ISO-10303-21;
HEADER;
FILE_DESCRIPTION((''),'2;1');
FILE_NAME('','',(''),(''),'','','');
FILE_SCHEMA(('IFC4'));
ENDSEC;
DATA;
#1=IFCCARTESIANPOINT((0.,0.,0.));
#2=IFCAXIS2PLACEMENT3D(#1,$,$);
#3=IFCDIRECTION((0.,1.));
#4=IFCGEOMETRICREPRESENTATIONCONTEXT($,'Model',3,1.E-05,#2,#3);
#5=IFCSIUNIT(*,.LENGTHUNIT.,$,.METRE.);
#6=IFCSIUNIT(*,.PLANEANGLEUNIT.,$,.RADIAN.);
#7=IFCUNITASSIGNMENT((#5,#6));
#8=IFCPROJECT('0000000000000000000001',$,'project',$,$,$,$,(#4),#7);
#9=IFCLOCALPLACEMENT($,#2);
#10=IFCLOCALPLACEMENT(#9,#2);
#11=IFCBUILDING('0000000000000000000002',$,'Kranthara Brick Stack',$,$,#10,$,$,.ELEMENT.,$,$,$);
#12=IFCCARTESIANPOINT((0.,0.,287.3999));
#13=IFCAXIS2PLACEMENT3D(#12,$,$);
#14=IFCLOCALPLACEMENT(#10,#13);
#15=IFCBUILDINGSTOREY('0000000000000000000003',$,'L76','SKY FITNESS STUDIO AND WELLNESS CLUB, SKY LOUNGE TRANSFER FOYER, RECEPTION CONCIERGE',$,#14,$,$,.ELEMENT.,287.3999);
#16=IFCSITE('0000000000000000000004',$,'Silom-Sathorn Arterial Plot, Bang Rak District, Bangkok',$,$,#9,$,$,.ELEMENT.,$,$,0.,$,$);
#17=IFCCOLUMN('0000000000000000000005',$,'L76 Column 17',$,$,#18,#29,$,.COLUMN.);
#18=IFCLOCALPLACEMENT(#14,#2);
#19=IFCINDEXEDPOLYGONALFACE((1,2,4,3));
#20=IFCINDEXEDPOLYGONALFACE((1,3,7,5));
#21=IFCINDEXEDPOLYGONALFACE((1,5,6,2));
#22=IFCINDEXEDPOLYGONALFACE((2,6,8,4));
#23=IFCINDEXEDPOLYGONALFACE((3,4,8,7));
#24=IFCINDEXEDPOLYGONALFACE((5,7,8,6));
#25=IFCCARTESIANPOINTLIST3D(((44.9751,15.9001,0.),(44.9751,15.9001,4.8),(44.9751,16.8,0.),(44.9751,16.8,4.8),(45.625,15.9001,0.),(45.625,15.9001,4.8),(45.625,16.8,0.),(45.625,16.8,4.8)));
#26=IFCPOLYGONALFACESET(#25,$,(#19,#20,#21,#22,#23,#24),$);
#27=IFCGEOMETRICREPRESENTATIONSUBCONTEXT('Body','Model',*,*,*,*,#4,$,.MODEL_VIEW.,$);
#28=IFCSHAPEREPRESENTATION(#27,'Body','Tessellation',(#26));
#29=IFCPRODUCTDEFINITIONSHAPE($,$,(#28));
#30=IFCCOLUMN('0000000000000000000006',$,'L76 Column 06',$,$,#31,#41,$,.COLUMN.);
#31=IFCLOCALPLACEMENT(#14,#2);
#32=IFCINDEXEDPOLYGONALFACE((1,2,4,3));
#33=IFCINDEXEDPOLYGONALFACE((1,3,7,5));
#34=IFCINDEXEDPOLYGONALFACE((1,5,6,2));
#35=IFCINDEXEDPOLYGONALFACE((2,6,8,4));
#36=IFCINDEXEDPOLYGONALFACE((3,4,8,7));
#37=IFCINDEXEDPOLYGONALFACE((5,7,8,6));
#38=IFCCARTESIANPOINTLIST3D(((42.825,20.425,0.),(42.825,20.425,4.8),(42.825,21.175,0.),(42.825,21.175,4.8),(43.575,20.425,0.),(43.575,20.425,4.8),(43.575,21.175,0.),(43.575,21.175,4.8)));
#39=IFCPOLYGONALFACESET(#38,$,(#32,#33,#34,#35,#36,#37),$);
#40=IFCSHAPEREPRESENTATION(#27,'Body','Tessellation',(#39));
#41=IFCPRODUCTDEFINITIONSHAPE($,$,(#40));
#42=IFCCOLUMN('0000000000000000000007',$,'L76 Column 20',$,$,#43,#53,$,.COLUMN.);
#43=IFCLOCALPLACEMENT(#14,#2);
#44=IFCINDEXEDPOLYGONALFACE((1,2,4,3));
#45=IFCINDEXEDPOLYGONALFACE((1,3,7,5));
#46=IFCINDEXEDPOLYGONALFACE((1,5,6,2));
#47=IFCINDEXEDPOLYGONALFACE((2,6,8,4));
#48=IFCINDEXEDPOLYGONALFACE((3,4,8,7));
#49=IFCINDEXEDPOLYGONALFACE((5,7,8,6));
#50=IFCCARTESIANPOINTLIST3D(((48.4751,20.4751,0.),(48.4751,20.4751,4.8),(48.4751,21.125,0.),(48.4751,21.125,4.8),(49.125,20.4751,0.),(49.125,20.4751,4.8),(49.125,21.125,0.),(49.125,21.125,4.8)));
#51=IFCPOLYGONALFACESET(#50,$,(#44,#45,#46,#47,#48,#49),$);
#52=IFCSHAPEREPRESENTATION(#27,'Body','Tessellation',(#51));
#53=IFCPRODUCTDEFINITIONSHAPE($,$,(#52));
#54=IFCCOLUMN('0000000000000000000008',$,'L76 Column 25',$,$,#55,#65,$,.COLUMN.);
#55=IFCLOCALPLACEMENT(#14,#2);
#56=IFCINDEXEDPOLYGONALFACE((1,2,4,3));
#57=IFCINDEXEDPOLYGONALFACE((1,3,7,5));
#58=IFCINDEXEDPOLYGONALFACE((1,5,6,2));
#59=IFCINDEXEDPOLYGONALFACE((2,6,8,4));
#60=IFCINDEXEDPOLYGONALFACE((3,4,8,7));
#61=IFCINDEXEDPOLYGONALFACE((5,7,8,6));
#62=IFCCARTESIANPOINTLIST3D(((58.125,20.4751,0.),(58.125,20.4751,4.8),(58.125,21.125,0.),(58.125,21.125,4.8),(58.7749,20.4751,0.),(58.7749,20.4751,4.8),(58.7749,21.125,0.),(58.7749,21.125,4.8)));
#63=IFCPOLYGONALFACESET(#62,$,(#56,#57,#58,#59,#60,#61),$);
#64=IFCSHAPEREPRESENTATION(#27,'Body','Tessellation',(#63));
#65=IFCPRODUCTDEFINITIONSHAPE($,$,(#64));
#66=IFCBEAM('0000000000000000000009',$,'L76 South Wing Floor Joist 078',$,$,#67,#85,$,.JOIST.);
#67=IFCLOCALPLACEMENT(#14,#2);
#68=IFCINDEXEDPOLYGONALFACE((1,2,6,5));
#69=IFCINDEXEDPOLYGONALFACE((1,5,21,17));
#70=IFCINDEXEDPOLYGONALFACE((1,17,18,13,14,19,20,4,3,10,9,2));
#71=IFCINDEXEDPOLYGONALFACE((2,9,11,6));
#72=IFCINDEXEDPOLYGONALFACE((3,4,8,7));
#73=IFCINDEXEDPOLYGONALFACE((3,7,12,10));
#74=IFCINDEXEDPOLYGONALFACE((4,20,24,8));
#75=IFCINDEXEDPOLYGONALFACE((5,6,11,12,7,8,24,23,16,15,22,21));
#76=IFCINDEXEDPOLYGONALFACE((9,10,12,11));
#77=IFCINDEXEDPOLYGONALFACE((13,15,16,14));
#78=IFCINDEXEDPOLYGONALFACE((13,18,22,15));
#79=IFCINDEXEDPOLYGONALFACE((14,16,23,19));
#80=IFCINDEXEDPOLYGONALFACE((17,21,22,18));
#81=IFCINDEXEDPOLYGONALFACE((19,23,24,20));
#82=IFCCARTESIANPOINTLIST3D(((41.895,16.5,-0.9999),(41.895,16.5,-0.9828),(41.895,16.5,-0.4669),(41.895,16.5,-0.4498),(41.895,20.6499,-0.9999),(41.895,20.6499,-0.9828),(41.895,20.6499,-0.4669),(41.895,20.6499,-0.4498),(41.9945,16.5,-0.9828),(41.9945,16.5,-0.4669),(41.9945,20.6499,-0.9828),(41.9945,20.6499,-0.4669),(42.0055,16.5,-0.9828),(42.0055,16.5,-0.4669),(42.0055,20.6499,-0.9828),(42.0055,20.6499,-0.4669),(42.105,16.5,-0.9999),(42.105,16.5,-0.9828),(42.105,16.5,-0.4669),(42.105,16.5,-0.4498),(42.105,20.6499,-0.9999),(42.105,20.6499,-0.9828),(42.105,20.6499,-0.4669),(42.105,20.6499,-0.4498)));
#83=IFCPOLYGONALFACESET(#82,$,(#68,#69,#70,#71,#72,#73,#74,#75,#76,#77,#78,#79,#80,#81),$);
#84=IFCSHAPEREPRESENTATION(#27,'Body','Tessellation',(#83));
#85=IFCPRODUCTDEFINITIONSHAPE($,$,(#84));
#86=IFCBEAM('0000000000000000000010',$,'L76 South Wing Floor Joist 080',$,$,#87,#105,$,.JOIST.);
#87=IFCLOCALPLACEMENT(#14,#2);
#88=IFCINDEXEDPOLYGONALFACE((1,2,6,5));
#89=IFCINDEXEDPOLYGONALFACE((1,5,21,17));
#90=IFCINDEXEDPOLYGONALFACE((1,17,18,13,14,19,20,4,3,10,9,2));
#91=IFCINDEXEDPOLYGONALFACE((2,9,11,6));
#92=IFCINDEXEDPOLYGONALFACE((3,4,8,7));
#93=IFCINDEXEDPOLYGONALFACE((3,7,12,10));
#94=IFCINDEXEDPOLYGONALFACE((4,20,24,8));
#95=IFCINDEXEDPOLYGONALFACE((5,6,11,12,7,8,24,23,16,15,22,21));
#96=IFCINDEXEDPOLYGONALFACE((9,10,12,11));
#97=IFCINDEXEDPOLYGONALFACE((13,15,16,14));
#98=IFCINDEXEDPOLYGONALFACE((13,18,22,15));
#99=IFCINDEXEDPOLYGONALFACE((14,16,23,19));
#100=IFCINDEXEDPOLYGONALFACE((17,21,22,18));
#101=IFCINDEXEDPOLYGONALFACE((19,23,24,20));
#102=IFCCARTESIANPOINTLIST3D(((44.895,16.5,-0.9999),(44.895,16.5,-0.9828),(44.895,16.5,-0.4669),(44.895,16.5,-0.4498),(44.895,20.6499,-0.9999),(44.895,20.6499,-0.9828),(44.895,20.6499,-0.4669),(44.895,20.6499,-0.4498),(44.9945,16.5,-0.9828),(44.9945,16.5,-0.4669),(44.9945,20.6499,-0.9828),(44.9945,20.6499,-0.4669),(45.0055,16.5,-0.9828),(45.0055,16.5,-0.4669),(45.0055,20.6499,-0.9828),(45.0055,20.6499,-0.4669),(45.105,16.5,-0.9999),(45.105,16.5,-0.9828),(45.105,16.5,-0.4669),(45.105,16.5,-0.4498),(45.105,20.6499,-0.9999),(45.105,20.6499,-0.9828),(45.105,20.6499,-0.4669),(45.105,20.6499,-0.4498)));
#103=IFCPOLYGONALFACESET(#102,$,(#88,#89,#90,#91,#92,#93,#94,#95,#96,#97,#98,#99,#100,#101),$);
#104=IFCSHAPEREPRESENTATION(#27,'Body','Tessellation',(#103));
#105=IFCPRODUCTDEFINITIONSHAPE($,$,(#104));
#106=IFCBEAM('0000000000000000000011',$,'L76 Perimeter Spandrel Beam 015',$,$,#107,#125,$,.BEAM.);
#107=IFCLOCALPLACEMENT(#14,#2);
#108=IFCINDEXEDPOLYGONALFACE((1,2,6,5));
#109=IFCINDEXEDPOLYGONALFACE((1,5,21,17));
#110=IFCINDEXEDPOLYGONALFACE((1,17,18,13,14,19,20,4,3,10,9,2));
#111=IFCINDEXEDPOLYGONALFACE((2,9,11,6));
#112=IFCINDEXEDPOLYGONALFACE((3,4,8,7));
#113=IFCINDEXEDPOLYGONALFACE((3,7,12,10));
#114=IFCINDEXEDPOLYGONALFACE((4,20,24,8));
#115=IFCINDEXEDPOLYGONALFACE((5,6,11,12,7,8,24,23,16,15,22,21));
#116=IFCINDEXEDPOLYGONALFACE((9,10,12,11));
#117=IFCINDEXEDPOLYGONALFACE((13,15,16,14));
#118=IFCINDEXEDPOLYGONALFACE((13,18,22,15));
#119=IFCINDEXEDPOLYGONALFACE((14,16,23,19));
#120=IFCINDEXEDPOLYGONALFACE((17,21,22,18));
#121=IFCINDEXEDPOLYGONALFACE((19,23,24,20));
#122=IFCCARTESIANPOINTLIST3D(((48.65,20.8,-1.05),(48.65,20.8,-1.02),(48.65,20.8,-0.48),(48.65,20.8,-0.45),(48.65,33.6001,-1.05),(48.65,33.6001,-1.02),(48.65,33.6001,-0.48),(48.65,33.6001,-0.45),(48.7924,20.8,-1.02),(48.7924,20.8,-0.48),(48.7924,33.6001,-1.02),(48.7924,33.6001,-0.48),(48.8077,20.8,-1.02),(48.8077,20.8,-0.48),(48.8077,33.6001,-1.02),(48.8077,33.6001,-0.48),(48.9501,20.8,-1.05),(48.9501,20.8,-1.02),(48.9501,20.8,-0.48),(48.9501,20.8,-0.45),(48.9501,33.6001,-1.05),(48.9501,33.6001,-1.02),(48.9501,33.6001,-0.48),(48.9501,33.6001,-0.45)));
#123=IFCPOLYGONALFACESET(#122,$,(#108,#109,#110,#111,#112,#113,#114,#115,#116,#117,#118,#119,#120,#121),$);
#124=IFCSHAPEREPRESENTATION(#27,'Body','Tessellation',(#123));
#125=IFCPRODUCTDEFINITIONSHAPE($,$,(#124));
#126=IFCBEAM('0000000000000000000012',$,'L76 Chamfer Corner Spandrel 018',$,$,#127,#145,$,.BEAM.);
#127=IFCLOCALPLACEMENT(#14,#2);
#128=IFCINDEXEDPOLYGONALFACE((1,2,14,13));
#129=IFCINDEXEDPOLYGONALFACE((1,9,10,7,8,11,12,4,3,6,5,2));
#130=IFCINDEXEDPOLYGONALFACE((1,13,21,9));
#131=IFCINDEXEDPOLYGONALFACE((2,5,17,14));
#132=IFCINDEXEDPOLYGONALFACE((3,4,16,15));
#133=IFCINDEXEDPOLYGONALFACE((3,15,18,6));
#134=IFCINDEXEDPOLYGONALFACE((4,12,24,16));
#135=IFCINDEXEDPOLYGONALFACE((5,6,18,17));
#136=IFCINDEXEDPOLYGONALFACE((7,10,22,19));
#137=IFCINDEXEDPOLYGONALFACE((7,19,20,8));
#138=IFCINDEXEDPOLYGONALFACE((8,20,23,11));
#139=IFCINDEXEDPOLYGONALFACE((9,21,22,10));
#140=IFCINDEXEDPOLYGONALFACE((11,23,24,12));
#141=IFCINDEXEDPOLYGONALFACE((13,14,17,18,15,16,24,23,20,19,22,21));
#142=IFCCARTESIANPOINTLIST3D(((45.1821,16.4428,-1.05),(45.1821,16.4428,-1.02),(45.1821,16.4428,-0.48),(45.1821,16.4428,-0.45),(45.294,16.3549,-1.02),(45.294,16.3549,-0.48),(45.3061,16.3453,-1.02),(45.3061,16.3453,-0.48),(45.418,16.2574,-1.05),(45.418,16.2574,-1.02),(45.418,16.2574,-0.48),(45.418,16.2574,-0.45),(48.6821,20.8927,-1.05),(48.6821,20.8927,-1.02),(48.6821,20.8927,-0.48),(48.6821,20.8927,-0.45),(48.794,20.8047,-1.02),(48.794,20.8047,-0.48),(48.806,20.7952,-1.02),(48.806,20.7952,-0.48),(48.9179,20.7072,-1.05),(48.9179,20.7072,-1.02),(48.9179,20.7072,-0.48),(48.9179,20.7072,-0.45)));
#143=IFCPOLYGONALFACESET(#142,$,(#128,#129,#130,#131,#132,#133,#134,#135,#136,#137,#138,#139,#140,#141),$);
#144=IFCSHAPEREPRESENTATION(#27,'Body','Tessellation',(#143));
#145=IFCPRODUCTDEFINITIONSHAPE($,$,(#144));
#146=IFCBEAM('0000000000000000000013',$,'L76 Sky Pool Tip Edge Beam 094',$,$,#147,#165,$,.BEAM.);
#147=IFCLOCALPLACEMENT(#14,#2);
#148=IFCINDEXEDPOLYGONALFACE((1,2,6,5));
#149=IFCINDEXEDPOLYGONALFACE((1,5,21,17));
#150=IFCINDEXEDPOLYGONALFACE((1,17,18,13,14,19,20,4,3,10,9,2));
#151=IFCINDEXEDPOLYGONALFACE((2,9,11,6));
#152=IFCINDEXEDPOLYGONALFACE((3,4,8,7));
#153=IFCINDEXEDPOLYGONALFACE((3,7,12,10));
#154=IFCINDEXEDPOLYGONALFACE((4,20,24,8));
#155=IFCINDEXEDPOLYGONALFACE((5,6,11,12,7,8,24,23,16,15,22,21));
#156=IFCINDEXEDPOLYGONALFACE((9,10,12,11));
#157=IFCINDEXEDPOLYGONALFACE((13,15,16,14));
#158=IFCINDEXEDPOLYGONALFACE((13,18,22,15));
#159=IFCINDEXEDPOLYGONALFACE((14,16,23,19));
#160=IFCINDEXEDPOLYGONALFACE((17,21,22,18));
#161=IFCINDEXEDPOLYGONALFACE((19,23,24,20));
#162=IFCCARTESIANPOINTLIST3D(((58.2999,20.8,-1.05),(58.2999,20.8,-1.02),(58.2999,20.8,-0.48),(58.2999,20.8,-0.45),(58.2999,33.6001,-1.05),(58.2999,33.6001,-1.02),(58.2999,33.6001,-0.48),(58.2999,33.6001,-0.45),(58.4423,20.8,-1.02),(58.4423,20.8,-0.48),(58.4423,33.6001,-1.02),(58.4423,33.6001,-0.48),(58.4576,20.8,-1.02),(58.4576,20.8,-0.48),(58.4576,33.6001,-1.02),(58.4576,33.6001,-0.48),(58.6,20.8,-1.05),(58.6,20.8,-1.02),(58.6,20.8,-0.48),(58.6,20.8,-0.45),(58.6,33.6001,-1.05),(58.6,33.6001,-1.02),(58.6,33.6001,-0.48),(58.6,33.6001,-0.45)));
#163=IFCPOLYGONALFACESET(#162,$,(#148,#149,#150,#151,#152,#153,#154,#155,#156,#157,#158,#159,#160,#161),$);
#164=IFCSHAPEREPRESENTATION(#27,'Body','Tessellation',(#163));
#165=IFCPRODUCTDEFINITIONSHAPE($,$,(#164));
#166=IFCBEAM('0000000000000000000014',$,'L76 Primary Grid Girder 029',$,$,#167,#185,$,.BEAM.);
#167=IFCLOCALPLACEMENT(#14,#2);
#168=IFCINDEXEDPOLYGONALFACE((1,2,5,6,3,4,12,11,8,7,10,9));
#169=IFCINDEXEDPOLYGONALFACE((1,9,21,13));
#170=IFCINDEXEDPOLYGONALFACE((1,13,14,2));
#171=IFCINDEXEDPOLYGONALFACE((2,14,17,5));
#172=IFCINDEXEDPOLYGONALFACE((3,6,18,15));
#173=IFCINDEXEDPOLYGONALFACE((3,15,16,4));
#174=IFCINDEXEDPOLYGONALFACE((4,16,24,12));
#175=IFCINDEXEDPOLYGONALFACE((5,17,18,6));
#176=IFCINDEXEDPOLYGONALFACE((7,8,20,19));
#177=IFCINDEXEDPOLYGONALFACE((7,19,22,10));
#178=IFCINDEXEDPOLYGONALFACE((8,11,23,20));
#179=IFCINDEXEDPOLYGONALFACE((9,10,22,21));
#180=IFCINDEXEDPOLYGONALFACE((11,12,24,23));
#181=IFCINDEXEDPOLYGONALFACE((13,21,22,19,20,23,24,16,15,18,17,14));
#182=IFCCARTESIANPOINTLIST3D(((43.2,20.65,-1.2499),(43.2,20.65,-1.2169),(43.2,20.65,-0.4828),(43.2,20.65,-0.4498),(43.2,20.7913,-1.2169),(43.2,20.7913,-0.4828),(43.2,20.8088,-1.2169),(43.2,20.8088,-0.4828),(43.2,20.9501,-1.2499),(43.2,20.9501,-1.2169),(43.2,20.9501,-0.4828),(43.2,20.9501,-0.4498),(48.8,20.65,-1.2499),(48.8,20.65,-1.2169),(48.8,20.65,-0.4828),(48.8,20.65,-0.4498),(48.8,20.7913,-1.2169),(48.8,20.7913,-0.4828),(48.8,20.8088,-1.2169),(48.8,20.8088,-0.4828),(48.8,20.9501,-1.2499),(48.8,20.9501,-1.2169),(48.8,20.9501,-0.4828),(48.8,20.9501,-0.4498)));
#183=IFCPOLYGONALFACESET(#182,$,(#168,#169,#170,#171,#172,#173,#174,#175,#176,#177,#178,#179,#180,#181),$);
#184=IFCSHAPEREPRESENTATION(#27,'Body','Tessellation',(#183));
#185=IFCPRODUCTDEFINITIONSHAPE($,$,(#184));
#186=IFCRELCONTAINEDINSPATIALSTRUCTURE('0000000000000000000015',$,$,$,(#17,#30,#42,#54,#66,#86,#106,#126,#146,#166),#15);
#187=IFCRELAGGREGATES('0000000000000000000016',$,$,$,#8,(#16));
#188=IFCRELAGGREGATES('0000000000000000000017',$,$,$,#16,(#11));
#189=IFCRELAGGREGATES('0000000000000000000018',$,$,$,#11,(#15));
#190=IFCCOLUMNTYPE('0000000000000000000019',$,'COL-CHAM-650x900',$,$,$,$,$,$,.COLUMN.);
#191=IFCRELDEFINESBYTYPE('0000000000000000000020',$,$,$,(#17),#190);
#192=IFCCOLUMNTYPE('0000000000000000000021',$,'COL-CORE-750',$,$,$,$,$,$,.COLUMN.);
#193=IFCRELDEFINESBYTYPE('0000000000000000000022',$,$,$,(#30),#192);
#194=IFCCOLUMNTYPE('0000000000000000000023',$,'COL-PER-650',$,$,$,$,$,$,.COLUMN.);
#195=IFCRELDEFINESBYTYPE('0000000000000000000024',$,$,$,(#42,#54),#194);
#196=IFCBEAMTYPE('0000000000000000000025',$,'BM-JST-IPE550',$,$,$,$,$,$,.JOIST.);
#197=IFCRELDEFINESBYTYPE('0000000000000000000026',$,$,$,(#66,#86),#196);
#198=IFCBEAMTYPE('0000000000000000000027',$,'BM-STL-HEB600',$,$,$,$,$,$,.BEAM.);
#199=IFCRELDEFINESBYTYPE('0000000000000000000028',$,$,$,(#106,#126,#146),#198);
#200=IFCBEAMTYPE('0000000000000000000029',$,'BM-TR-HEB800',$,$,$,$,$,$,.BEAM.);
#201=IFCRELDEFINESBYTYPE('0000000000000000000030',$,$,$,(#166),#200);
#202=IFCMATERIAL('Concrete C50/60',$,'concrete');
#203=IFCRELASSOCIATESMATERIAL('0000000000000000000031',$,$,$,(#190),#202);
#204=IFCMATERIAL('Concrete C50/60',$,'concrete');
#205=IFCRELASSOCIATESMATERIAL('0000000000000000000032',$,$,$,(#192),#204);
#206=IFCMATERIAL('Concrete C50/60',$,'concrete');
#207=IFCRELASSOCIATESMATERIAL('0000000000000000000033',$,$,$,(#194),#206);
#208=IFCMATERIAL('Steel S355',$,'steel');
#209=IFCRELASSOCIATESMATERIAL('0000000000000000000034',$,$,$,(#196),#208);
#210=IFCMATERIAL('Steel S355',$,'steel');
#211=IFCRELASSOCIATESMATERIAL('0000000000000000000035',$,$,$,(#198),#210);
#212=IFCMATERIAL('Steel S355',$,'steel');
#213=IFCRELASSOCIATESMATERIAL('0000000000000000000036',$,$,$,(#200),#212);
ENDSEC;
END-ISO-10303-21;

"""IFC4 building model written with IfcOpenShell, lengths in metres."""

from ifc_helpers import new_model, si_unit, direction, frame, origin, origin_2d, place, context, subcontext, project, spatial, rectangle, i_section, extrude, material, material_profile, profile_set, type_object, element, save


model = new_model("IFC4")

# Units and contexts
model_context = context("Model", 3, precision=1e-05, world=origin(), true_north=direction((0.0, 1.0)))
body_context = subcontext(model_context, "Body", "Model", "MODEL_VIEW")
ifc_project = project(units=[si_unit("LENGTHUNIT", "METRE"), si_unit("PLANEANGLEUNIT", "RADIAN")], contexts=[model_context])

# Site, building, storey
site_placement = place(None, origin())
site = spatial("IfcSite", under=ifc_project, at=site_placement, Name="Silom-Sathorn Arterial Plot, Bang Rak District, Bangkok", CompositionType="ELEMENT", RefElevation=0.0)
building_placement = place(site_placement, origin())
building = spatial("IfcBuilding", under=site, at=building_placement, Name="Kranthara Brick Stack", CompositionType="ELEMENT")
storey_placement = place(building_placement, frame((0.0, 0.0, 287.3999)))
storey = spatial("IfcBuildingStorey", under=building, at=storey_placement, Name="L76", Description="SKY FITNESS STUDIO AND WELLNESS CLUB, SKY LOUNGE TRANSFER FOYER, RECEPTION CONCIERGE", CompositionType="ELEMENT", Elevation=287.3999)

# Columns
ifc_material_1 = material(Name="Concrete C50/60", Category="concrete")
ifc_material_profile_1 = material_profile(ifc_material_1, rectangle(XDim=0.6499, YDim=0.8999, at=origin_2d()), Name="RC 650x900")
ifc_profile_set_1 = profile_set([ifc_material_profile_1], Name="Concrete C50/60")
column_type_1 = type_object("IfcColumnType", Name="COL-CHAM-650x900", PredefinedType="COLUMN", material=ifc_profile_set_1)
column_1_placement = place(storey_placement, frame((45.3, 16.3501, 0.0), z_axis=(0.0, 0.0, 1.0), x_axis=(1.0, 0.0, 0.0)))
element("IfcColumn", 1, at=column_1_placement, inside=storey, type_object=column_type_1, Name="L76 Column 17", PredefinedType="COLUMN", context=body_context, shape_type="SweptSolid", body=[
    extrude(rectangle(XDim=0.6499, YDim=0.8999, at=origin_2d()), origin(), (0.0, 0.0, 1.0), 4.8),
])
ifc_material_2 = material(Name="Concrete C50/60", Category="concrete")
ifc_material_profile_2 = material_profile(ifc_material_2, rectangle(XDim=0.75, YDim=0.75, at=origin_2d()), Name="RC 750x750")
ifc_profile_set_2 = profile_set([ifc_material_profile_2], Name="Concrete C50/60")
column_type_2 = type_object("IfcColumnType", Name="COL-CORE-750", PredefinedType="COLUMN", material=ifc_profile_set_2)
column_2_placement = place(storey_placement, frame((43.2, 20.8, 0.0), z_axis=(0.0, 0.0, 1.0), x_axis=(1.0, 0.0, 0.0)))
element("IfcColumn", 2, at=column_2_placement, inside=storey, type_object=column_type_2, Name="L76 Column 06", PredefinedType="COLUMN", context=body_context, shape_type="SweptSolid", body=[
    extrude(rectangle(XDim=0.75, YDim=0.75, at=origin_2d()), origin(), (0.0, 0.0, 1.0), 4.8),
])
ifc_material_3 = material(Name="Concrete C50/60", Category="concrete")
ifc_material_profile_3 = material_profile(ifc_material_3, rectangle(XDim=0.6499, YDim=0.6499, at=origin_2d()), Name="RC 650x650")
ifc_profile_set_3 = profile_set([ifc_material_profile_3], Name="Concrete C50/60")
column_type_3 = type_object("IfcColumnType", Name="COL-PER-650", PredefinedType="COLUMN", material=ifc_profile_set_3)
for number, where, z_axis, x_axis, name in (
    (3, (48.8, 20.8, 0.0), (0.0, 0.0, 1.0), (1.0, 0.0, 0.0), "L76 Column 20"),
    (4, (58.45, 20.8, 0.0), (0.0, 0.0, 1.0), (1.0, 0.0, 0.0), "L76 Column 25"),
):
    element("IfcColumn", number, at=place(storey_placement, frame(where, z_axis=z_axis, x_axis=x_axis)), inside=storey, type_object=column_type_3, Name=name, PredefinedType="COLUMN", context=body_context, shape_type="SweptSolid", body=[
        extrude(rectangle(XDim=0.6499, YDim=0.6499, at=origin_2d()), origin(), (0.0, 0.0, 1.0), 4.8),
    ])

# Beams
ifc_material_4 = material(Name="Steel S355", Category="steel")
ifc_material_profile_4 = material_profile(ifc_material_4, i_section(OverallWidth=0.21, OverallDepth=0.55, WebThickness=0.011, FlangeThickness=0.0171, at=origin_2d()), Name="IPE 550")
ifc_profile_set_4 = profile_set([ifc_material_profile_4], Name="Steel S355")
beam_type_1 = type_object("IfcBeamType", Name="BM-JST-IPE550", PredefinedType="JOIST", material=ifc_profile_set_4)
for number, where, z_axis, x_axis, name in (
    (5, (42.0, 16.5, -0.7249), (0.0, 1.0, 0.0), (-1.0, 0.0, 0.0), "L76 South Wing Floor Joist 078"),
    (6, (45.0, 16.5, -0.7249), (0.0, 1.0, 0.0), (-1.0, 0.0, 0.0), "L76 South Wing Floor Joist 080"),
):
    element("IfcBeam", number, at=place(storey_placement, frame(where, z_axis=z_axis, x_axis=x_axis)), inside=storey, type_object=beam_type_1, Name=name, PredefinedType="JOIST", context=body_context, shape_type="SweptSolid", body=[
        extrude(i_section(OverallWidth=0.21, OverallDepth=0.55, WebThickness=0.011, FlangeThickness=0.0171, at=origin_2d()), origin(), (0.0, 0.0, 1.0), 4.1499),
    ])
ifc_material_5 = material(Name="Steel S355", Category="steel")
ifc_material_profile_5 = material_profile(ifc_material_5, i_section(OverallWidth=0.3, OverallDepth=0.6001, WebThickness=0.0154, FlangeThickness=0.03, at=origin_2d()), Name="HEB 600")
ifc_profile_set_5 = profile_set([ifc_material_profile_5], Name="Steel S355")
beam_type_2 = type_object("IfcBeamType", Name="BM-STL-HEB600", PredefinedType="BEAM", material=ifc_profile_set_5)
beam_1_placement = place(storey_placement, frame((48.8, 20.8, -0.75), z_axis=(0.0, 1.0, 0.0), x_axis=(-1.0, 0.0, 0.0)))
element("IfcBeam", 7, at=beam_1_placement, inside=storey, type_object=beam_type_2, Name="L76 Perimeter Spandrel Beam 015", PredefinedType="BEAM", context=body_context, shape_type="SweptSolid", body=[
    extrude(i_section(OverallWidth=0.3, OverallDepth=0.6001, WebThickness=0.0154, FlangeThickness=0.03, at=origin_2d()), origin(), (0.0, 0.0, 1.0), 12.8),
])
beam_2_placement = place(storey_placement, frame((45.3, 16.3501, -0.75), z_axis=(0.618216, 0.786008, 0.0), x_axis=(-0.786008, 0.618216, 0.0)))
element("IfcBeam", 8, at=beam_2_placement, inside=storey, type_object=beam_type_2, Name="L76 Chamfer Corner Spandrel 018", PredefinedType="BEAM", context=body_context, shape_type="SweptSolid", body=[
    extrude(i_section(OverallWidth=0.3, OverallDepth=0.6001, WebThickness=0.0154, FlangeThickness=0.03, at=origin_2d()), origin(), (0.0, 0.0, 1.0), 5.6614),
])
beam_3_placement = place(storey_placement, frame((58.45, 20.8, -0.75), z_axis=(0.0, 1.0, 0.0), x_axis=(-1.0, 0.0, 0.0)))
element("IfcBeam", 9, at=beam_3_placement, inside=storey, type_object=beam_type_2, Name="L76 Sky Pool Tip Edge Beam 094", PredefinedType="BEAM", context=body_context, shape_type="SweptSolid", body=[
    extrude(i_section(OverallWidth=0.3, OverallDepth=0.6001, WebThickness=0.0154, FlangeThickness=0.03, at=origin_2d()), origin(), (0.0, 0.0, 1.0), 12.8),
])
ifc_material_6 = material(Name="Steel S355", Category="steel")
ifc_material_profile_6 = material_profile(ifc_material_6, i_section(OverallWidth=0.3, OverallDepth=0.8, WebThickness=0.0176, FlangeThickness=0.033, at=origin_2d()), Name="HEB 800")
ifc_profile_set_6 = profile_set([ifc_material_profile_6], Name="Steel S355")
beam_type_3 = type_object("IfcBeamType", Name="BM-TR-HEB800", PredefinedType="BEAM", material=ifc_profile_set_6)
beam_4_placement = place(storey_placement, frame((43.2, 20.8, -0.8499), z_axis=(1.0, 0.0, 0.0), x_axis=(0.0, 1.0, 0.0)))
element("IfcBeam", 10, at=beam_4_placement, inside=storey, type_object=beam_type_3, Name="L76 Primary Grid Girder 029", PredefinedType="BEAM", context=body_context, shape_type="SweptSolid", body=[
    extrude(i_section(OverallWidth=0.3, OverallDepth=0.8, WebThickness=0.0176, FlangeThickness=0.033, at=origin_2d()), origin(), (0.0, 0.0, 1.0), 5.6001),
])

save(model, "model.ifc")
